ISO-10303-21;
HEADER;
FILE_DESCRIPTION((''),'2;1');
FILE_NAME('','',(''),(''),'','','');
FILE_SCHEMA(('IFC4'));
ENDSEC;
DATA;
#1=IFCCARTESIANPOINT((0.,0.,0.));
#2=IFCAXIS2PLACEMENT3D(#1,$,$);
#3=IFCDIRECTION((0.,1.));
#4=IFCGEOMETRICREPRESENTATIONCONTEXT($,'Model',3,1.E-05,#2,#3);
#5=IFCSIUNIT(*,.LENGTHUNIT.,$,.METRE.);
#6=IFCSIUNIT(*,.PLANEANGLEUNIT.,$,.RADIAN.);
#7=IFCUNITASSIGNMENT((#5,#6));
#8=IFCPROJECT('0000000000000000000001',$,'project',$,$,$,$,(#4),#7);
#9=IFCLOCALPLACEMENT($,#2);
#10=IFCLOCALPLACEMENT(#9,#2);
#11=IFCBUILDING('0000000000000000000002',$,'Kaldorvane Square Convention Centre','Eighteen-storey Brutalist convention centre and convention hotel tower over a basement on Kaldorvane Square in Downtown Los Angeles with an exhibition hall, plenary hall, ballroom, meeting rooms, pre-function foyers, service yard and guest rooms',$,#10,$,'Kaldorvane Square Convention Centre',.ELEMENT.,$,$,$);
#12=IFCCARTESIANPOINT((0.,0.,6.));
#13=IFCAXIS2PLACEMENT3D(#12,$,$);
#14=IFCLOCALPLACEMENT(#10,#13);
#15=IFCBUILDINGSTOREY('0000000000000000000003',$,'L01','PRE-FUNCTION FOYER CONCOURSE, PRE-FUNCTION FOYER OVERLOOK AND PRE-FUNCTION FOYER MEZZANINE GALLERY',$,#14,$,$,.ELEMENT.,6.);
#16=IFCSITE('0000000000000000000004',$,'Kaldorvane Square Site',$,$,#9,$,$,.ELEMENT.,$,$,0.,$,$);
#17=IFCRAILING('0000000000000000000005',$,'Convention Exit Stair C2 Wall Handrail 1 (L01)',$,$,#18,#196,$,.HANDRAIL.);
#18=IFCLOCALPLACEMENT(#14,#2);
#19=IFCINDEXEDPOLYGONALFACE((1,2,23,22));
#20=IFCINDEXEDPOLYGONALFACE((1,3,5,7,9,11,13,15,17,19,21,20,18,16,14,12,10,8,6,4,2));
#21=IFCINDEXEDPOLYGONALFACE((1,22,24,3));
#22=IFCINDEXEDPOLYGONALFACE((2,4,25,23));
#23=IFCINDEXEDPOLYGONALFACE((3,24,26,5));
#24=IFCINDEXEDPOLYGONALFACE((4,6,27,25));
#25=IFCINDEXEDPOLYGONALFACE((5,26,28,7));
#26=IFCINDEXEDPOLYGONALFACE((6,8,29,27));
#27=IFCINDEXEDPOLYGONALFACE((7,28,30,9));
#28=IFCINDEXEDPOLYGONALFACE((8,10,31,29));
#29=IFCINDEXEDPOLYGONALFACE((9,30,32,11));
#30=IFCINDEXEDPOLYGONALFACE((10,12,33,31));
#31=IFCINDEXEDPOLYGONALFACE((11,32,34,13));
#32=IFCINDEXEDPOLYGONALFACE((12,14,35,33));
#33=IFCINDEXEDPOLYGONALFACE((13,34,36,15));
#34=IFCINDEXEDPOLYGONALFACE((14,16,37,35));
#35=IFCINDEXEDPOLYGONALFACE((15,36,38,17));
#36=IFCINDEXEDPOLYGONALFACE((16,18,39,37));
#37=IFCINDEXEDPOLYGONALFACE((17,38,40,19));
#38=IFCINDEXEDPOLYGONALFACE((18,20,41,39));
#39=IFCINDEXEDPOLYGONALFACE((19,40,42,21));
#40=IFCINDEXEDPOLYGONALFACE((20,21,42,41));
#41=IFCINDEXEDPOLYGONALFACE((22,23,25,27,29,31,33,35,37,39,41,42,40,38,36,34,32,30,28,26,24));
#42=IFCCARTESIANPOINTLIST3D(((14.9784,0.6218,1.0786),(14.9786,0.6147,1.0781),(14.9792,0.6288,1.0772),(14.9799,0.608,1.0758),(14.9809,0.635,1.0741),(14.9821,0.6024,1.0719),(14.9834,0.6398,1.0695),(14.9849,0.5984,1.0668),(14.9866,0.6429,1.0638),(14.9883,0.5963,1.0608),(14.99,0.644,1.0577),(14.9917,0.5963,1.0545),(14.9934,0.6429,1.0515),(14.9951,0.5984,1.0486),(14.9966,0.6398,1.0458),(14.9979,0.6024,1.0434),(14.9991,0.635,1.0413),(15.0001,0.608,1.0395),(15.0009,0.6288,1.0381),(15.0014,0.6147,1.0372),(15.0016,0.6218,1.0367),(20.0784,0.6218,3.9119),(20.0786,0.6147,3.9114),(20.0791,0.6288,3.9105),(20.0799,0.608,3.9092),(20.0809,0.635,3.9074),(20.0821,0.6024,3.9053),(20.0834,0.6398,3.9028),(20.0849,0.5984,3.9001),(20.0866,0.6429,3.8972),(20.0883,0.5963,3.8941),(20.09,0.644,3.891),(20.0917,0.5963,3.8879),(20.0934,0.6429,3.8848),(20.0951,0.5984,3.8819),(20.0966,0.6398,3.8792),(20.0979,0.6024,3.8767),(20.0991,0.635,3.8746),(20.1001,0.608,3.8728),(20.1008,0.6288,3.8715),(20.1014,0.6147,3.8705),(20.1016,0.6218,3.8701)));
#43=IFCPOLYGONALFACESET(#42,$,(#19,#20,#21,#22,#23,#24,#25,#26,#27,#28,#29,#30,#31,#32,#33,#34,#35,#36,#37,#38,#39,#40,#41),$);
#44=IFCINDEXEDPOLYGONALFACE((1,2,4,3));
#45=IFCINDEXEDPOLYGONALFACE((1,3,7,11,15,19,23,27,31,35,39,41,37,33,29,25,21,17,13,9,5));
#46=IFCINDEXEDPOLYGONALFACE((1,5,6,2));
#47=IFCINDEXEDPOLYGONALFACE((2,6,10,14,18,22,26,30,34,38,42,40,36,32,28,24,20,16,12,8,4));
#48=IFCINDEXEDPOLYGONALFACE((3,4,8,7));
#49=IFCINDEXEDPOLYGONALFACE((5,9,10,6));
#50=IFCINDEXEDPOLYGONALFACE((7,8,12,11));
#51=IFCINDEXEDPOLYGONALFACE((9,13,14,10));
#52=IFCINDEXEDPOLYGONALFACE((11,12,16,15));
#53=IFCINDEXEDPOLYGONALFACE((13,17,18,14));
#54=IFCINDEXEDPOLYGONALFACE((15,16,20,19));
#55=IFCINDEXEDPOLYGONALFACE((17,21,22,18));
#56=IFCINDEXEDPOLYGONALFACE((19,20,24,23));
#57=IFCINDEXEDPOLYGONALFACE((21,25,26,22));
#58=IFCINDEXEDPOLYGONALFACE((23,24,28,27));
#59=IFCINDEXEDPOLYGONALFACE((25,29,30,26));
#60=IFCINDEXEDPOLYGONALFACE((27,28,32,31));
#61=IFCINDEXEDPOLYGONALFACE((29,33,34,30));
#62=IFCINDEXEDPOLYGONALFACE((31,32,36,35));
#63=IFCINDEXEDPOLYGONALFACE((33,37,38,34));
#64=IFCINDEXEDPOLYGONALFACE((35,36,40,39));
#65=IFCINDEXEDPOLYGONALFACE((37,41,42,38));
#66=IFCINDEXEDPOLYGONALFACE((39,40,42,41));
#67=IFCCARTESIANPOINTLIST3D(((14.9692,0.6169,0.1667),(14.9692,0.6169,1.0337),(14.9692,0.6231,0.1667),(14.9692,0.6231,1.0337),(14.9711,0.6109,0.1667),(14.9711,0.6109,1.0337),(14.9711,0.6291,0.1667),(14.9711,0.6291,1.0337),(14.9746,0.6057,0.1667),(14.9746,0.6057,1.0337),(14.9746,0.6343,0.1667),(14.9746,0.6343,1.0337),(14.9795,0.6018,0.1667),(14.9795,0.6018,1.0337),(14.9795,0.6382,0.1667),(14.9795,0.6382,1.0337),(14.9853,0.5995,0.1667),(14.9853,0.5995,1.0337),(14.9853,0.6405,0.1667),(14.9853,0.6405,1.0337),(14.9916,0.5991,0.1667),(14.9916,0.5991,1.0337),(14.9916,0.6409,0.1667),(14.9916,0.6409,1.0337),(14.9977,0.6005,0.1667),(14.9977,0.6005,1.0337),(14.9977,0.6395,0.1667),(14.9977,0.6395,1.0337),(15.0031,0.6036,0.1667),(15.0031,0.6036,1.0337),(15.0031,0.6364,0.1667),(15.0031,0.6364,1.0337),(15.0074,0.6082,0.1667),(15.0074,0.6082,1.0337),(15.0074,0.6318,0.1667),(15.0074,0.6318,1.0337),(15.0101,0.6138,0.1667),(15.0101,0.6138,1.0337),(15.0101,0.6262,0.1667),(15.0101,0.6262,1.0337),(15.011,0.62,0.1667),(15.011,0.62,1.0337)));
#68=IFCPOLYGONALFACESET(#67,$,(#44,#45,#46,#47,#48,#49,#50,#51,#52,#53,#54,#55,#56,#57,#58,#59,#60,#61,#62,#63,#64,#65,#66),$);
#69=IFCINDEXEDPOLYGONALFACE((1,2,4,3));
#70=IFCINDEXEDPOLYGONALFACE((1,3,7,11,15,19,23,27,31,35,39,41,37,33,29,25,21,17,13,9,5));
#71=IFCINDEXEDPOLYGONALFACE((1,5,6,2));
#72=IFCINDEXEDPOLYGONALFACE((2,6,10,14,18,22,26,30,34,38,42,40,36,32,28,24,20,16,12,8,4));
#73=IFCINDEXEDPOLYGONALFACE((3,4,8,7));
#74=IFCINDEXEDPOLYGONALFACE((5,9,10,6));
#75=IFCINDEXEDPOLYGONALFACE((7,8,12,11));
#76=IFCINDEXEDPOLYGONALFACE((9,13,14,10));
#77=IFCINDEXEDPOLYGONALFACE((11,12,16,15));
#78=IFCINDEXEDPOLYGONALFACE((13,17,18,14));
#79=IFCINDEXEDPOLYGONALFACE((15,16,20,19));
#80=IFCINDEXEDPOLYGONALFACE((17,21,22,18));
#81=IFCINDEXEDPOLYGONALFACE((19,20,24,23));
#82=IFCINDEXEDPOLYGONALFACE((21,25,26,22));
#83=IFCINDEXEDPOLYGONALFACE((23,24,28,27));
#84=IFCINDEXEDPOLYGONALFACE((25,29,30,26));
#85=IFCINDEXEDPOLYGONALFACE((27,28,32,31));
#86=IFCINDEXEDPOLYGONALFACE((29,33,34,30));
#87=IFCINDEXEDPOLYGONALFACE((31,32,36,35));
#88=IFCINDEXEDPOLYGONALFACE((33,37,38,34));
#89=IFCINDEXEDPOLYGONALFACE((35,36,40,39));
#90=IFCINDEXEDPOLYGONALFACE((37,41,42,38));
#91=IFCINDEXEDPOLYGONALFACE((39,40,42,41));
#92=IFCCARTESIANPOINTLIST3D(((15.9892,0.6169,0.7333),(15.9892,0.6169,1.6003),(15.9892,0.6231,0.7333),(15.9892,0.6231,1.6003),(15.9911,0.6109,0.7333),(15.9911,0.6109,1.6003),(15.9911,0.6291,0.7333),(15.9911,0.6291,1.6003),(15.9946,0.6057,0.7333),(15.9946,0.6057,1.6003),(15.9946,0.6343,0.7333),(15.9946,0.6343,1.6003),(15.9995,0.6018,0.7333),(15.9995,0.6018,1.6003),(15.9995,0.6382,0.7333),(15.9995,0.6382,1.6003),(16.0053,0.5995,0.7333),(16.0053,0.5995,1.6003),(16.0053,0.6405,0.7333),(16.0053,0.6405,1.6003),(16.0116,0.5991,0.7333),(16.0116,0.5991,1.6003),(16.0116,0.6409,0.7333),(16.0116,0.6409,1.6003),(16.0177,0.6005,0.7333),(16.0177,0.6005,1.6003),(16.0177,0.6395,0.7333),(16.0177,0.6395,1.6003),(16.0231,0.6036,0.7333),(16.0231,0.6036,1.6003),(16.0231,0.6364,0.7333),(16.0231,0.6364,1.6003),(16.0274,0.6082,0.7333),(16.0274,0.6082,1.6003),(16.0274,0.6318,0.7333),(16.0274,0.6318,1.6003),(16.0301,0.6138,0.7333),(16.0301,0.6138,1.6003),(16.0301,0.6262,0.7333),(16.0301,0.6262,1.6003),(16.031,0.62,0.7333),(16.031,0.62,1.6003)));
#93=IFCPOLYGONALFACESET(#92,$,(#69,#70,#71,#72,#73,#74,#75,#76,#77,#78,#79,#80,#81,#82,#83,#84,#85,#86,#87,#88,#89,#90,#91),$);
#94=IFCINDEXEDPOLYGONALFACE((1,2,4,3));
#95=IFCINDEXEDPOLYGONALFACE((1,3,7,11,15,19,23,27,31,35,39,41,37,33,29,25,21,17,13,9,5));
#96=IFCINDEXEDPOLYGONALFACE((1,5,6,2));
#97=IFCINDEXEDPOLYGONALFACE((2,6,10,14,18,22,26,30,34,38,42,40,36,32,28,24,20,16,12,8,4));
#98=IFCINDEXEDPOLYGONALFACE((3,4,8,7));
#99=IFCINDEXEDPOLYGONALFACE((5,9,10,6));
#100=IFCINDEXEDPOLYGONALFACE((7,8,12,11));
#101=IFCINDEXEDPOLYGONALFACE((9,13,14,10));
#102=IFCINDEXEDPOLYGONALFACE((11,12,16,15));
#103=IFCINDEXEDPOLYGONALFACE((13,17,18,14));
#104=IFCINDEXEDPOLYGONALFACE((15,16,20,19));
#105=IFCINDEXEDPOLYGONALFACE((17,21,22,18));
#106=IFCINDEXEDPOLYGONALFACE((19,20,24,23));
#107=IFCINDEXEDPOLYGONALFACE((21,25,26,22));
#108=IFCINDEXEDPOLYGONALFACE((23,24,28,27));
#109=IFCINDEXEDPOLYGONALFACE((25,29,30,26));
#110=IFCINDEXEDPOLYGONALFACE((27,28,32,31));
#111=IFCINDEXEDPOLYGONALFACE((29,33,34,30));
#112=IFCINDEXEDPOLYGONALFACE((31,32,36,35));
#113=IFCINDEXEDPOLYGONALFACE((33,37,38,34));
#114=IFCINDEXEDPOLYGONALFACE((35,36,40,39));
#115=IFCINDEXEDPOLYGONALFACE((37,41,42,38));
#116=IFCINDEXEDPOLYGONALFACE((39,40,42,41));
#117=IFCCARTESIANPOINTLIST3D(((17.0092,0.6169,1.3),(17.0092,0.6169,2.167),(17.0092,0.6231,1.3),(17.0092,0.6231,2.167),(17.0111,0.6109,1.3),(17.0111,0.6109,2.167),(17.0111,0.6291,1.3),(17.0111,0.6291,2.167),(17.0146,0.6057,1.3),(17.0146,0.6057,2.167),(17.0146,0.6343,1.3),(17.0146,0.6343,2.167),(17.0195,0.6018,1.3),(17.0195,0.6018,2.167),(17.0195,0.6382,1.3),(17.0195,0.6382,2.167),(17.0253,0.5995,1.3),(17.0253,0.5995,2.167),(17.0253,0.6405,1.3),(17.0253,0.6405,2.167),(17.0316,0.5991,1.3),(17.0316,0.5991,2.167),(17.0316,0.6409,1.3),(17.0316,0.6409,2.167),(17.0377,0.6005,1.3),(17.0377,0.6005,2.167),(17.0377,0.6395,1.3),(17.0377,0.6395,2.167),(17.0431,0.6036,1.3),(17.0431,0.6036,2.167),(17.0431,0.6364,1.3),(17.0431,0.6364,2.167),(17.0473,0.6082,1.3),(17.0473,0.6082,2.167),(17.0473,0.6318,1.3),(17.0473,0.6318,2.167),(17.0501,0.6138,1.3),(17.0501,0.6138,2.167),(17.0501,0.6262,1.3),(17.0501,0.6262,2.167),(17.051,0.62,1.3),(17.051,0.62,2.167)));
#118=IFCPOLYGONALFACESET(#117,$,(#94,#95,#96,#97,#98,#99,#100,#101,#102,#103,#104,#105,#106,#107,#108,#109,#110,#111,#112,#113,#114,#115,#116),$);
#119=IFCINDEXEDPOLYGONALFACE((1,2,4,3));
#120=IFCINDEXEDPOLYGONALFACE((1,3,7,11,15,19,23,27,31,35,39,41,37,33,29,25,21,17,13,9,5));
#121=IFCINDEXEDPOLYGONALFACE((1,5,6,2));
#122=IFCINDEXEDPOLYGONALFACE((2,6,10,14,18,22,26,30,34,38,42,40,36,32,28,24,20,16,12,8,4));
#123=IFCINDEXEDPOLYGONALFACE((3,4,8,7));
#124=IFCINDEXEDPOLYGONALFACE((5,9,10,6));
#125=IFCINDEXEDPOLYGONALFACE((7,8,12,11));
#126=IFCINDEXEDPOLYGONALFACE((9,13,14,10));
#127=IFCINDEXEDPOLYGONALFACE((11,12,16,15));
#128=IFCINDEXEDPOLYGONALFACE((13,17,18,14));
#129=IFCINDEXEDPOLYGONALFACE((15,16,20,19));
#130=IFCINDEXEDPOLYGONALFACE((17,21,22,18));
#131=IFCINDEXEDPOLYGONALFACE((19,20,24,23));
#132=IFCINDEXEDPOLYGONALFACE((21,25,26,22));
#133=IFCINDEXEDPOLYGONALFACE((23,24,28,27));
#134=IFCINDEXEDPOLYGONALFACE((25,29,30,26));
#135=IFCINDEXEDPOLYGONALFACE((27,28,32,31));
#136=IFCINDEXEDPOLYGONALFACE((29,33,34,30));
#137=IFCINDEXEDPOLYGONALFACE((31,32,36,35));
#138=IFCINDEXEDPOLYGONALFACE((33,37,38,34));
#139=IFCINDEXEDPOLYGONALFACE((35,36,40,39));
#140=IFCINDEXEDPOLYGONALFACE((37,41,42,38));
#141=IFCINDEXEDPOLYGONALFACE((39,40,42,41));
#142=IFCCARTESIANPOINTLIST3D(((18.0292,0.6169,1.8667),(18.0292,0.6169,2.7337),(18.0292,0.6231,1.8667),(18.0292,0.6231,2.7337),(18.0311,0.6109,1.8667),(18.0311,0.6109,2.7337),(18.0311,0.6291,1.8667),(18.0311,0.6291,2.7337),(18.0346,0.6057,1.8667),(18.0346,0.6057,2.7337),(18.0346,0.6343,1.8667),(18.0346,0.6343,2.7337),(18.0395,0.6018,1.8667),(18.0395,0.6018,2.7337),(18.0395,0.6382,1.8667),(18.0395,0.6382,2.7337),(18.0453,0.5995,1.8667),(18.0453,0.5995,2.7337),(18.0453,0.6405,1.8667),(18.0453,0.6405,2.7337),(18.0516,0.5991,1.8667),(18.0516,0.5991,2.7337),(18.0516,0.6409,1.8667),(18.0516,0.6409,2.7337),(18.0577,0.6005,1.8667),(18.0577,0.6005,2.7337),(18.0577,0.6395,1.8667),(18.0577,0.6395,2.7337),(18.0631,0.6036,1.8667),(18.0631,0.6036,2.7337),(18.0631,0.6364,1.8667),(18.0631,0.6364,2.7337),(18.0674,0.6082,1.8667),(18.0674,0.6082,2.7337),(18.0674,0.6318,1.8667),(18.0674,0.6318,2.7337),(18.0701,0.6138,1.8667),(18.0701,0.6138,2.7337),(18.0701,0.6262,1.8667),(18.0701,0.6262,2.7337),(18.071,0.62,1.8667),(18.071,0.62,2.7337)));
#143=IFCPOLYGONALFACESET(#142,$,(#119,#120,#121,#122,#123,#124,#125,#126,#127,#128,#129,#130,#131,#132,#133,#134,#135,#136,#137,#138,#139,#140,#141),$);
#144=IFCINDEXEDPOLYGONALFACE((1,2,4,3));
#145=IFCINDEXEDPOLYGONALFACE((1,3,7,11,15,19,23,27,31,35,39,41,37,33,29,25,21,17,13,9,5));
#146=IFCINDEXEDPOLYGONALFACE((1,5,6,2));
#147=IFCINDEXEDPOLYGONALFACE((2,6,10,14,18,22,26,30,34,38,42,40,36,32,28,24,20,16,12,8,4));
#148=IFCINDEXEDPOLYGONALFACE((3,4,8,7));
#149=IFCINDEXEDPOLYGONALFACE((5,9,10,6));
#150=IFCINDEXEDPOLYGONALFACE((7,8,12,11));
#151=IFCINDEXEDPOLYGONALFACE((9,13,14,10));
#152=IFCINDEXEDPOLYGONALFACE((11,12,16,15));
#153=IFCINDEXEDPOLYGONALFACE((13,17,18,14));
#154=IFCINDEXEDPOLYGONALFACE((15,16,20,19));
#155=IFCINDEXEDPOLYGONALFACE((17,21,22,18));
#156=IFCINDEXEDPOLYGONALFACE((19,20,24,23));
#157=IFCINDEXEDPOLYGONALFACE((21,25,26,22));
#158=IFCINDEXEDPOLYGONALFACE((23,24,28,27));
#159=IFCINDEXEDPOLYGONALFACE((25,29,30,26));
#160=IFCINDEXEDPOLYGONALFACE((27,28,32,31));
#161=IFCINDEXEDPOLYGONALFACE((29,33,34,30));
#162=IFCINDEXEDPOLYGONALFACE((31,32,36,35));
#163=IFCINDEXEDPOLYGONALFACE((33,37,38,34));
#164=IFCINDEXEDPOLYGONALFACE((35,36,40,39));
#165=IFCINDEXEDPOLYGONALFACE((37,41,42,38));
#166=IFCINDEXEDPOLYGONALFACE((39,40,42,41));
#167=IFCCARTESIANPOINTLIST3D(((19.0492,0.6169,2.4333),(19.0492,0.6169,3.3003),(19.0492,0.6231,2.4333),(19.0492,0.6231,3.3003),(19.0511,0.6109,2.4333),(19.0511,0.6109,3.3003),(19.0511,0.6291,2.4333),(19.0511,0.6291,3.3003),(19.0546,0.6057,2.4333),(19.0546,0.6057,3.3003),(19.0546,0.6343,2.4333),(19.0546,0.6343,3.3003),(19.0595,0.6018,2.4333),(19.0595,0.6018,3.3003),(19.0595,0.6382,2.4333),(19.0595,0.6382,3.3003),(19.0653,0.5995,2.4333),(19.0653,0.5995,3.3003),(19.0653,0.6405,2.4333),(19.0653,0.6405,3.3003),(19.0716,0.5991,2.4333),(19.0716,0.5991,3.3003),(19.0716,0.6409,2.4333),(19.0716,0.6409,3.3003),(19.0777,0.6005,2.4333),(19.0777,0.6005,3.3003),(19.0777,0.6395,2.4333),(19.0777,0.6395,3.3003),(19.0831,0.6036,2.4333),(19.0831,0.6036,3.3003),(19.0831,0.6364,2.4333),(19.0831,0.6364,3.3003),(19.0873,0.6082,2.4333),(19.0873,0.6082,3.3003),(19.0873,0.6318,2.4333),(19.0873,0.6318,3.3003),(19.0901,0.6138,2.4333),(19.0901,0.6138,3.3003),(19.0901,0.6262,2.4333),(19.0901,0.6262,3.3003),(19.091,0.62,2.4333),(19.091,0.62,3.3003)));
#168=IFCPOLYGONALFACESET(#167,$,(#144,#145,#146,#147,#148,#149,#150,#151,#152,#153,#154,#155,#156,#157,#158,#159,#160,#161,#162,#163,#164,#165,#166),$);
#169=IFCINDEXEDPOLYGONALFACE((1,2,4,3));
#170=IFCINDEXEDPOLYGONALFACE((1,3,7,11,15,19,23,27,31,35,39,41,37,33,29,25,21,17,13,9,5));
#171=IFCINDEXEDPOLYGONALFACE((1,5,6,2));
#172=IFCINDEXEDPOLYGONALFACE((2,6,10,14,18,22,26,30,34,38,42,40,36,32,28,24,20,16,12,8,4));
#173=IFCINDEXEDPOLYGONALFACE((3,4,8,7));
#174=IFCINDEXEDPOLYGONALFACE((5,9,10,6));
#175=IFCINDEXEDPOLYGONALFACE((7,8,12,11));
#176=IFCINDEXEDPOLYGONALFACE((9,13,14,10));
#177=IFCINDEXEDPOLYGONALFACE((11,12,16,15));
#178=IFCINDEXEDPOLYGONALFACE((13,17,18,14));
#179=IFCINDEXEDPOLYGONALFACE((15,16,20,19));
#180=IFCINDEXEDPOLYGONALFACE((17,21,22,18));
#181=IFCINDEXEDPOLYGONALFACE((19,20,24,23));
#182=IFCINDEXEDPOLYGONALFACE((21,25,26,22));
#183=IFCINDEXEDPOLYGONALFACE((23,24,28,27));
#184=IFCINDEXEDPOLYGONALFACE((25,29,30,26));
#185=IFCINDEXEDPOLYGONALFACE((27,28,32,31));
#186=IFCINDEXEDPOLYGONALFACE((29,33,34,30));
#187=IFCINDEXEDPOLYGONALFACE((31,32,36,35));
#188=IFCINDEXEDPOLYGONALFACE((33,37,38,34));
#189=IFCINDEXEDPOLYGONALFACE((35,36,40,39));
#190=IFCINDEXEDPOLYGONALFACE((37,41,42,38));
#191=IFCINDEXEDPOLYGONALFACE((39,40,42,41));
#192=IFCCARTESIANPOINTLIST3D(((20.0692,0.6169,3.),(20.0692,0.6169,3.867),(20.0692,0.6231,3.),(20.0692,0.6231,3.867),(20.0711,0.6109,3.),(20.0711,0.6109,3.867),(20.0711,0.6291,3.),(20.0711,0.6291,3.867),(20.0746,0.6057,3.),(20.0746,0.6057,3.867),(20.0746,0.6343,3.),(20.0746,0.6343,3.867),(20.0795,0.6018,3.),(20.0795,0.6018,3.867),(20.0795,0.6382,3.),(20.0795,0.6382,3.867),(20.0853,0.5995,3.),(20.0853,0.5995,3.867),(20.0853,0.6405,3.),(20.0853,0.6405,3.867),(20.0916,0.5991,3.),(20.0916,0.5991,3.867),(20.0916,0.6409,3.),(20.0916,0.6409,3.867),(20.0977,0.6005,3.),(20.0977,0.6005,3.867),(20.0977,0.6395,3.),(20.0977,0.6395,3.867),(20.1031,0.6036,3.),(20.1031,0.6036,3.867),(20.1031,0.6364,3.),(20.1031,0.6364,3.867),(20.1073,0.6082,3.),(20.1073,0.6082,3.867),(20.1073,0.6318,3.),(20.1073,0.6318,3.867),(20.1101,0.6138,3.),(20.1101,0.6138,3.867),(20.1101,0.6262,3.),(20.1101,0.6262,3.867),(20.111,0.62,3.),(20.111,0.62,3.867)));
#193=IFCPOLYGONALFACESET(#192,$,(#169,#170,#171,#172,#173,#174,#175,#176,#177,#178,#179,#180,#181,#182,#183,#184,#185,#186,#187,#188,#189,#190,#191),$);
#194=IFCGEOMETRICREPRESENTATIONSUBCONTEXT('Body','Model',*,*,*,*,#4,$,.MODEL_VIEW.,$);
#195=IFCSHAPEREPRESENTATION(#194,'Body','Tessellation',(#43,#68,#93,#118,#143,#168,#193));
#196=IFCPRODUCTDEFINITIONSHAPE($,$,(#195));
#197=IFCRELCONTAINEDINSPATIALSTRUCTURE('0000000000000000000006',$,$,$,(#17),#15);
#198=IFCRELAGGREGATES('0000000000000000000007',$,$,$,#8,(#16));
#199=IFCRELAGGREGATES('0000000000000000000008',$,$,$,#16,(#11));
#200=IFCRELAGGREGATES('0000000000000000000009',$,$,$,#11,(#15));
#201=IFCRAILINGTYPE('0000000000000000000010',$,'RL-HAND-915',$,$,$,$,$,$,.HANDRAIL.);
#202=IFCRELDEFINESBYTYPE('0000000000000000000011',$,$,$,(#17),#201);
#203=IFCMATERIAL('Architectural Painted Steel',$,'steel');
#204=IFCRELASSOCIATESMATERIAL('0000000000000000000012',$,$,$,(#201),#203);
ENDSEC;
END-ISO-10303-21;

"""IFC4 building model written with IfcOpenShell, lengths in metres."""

from ifc_helpers import new_model, si_unit, direction, frame, origin, origin_2d, place, context, subcontext, project, spatial, circle, extrude, material, type_object, element, save


model = new_model("IFC4")

# Units and contexts
model_context = context("Model", 3, precision=1e-05, world=origin(), true_north=direction((0.0, 1.0)))
body_context = subcontext(model_context, "Body", "Model", "MODEL_VIEW")
ifc_project = project(units=[si_unit("LENGTHUNIT", "METRE"), si_unit("PLANEANGLEUNIT", "RADIAN")], contexts=[model_context])

# Site, building, storey
site_placement = place(None, origin())
site = spatial("IfcSite", under=ifc_project, at=site_placement, Name="Kaldorvane Square Site", CompositionType="ELEMENT", RefElevation=0.0)
building_placement = place(site_placement, origin())
building = spatial("IfcBuilding", under=site, at=building_placement, Name="Kaldorvane Square Convention Centre", Description="Eighteen-storey Brutalist convention centre and convention hotel tower over a basement on Kaldorvane Square in Downtown Los Angeles with an exhibition hall, plenary hall, ballroom, meeting rooms, pre-function foyers, service yard and guest rooms", LongName="Kaldorvane Square Convention Centre", CompositionType="ELEMENT")
storey_placement = place(building_placement, frame((0.0, 0.0, 6.0)))
storey = spatial("IfcBuildingStorey", under=building, at=storey_placement, Name="L01", Description="PRE-FUNCTION FOYER CONCOURSE, PRE-FUNCTION FOYER OVERLOOK AND PRE-FUNCTION FOYER MEZZANINE GALLERY", CompositionType="ELEMENT", Elevation=6.0)

# Railing
ifc_material_1 = material(Name="Architectural Painted Steel", Category="steel")
railing_type_1 = type_object("IfcRailingType", Name="RL-HAND-915", PredefinedType="HANDRAIL", material=ifc_material_1)
railing_1_placement = place(storey_placement, frame((14.99, 0.62, 0.1667)))
element("IfcRailing", 1, at=railing_1_placement, inside=storey, type_object=railing_type_1, Name="Convention Exit Stair C2 Wall Handrail 1 (L01)", PredefinedType="HANDRAIL", context=body_context, shape_type="SweptSolid", body=[
    extrude(circle(Radius=0.024, at=origin_2d()), frame((0.0, 0.0, 0.891), z_axis=(0.874157, 0.0, 0.485643), x_axis=(0.0, 1.0, 0.0)), (0.0, 0.0, 1.0), 5.8342),
    extrude(circle(Radius=0.021, at=origin_2d()), origin(), (0.0, 0.0, 1.0), 0.867),
    extrude(circle(Radius=0.021, at=origin_2d()), frame((1.02, 0.0, 0.5667)), (0.0, 0.0, 1.0), 0.867),
    extrude(circle(Radius=0.021, at=origin_2d()), frame((2.04, 0.0, 1.1333)), (0.0, 0.0, 1.0), 0.867),
    extrude(circle(Radius=0.021, at=origin_2d()), frame((3.06, 0.0, 1.7)), (0.0, 0.0, 1.0), 0.867),
    extrude(circle(Radius=0.021, at=origin_2d()), frame((4.08, 0.0, 2.2667)), (0.0, 0.0, 1.0), 0.867),
    extrude(circle(Radius=0.021, at=origin_2d()), frame((5.1, 0.0, 2.8333)), (0.0, 0.0, 1.0), 0.867),
])

save(model, "model.ifc")
